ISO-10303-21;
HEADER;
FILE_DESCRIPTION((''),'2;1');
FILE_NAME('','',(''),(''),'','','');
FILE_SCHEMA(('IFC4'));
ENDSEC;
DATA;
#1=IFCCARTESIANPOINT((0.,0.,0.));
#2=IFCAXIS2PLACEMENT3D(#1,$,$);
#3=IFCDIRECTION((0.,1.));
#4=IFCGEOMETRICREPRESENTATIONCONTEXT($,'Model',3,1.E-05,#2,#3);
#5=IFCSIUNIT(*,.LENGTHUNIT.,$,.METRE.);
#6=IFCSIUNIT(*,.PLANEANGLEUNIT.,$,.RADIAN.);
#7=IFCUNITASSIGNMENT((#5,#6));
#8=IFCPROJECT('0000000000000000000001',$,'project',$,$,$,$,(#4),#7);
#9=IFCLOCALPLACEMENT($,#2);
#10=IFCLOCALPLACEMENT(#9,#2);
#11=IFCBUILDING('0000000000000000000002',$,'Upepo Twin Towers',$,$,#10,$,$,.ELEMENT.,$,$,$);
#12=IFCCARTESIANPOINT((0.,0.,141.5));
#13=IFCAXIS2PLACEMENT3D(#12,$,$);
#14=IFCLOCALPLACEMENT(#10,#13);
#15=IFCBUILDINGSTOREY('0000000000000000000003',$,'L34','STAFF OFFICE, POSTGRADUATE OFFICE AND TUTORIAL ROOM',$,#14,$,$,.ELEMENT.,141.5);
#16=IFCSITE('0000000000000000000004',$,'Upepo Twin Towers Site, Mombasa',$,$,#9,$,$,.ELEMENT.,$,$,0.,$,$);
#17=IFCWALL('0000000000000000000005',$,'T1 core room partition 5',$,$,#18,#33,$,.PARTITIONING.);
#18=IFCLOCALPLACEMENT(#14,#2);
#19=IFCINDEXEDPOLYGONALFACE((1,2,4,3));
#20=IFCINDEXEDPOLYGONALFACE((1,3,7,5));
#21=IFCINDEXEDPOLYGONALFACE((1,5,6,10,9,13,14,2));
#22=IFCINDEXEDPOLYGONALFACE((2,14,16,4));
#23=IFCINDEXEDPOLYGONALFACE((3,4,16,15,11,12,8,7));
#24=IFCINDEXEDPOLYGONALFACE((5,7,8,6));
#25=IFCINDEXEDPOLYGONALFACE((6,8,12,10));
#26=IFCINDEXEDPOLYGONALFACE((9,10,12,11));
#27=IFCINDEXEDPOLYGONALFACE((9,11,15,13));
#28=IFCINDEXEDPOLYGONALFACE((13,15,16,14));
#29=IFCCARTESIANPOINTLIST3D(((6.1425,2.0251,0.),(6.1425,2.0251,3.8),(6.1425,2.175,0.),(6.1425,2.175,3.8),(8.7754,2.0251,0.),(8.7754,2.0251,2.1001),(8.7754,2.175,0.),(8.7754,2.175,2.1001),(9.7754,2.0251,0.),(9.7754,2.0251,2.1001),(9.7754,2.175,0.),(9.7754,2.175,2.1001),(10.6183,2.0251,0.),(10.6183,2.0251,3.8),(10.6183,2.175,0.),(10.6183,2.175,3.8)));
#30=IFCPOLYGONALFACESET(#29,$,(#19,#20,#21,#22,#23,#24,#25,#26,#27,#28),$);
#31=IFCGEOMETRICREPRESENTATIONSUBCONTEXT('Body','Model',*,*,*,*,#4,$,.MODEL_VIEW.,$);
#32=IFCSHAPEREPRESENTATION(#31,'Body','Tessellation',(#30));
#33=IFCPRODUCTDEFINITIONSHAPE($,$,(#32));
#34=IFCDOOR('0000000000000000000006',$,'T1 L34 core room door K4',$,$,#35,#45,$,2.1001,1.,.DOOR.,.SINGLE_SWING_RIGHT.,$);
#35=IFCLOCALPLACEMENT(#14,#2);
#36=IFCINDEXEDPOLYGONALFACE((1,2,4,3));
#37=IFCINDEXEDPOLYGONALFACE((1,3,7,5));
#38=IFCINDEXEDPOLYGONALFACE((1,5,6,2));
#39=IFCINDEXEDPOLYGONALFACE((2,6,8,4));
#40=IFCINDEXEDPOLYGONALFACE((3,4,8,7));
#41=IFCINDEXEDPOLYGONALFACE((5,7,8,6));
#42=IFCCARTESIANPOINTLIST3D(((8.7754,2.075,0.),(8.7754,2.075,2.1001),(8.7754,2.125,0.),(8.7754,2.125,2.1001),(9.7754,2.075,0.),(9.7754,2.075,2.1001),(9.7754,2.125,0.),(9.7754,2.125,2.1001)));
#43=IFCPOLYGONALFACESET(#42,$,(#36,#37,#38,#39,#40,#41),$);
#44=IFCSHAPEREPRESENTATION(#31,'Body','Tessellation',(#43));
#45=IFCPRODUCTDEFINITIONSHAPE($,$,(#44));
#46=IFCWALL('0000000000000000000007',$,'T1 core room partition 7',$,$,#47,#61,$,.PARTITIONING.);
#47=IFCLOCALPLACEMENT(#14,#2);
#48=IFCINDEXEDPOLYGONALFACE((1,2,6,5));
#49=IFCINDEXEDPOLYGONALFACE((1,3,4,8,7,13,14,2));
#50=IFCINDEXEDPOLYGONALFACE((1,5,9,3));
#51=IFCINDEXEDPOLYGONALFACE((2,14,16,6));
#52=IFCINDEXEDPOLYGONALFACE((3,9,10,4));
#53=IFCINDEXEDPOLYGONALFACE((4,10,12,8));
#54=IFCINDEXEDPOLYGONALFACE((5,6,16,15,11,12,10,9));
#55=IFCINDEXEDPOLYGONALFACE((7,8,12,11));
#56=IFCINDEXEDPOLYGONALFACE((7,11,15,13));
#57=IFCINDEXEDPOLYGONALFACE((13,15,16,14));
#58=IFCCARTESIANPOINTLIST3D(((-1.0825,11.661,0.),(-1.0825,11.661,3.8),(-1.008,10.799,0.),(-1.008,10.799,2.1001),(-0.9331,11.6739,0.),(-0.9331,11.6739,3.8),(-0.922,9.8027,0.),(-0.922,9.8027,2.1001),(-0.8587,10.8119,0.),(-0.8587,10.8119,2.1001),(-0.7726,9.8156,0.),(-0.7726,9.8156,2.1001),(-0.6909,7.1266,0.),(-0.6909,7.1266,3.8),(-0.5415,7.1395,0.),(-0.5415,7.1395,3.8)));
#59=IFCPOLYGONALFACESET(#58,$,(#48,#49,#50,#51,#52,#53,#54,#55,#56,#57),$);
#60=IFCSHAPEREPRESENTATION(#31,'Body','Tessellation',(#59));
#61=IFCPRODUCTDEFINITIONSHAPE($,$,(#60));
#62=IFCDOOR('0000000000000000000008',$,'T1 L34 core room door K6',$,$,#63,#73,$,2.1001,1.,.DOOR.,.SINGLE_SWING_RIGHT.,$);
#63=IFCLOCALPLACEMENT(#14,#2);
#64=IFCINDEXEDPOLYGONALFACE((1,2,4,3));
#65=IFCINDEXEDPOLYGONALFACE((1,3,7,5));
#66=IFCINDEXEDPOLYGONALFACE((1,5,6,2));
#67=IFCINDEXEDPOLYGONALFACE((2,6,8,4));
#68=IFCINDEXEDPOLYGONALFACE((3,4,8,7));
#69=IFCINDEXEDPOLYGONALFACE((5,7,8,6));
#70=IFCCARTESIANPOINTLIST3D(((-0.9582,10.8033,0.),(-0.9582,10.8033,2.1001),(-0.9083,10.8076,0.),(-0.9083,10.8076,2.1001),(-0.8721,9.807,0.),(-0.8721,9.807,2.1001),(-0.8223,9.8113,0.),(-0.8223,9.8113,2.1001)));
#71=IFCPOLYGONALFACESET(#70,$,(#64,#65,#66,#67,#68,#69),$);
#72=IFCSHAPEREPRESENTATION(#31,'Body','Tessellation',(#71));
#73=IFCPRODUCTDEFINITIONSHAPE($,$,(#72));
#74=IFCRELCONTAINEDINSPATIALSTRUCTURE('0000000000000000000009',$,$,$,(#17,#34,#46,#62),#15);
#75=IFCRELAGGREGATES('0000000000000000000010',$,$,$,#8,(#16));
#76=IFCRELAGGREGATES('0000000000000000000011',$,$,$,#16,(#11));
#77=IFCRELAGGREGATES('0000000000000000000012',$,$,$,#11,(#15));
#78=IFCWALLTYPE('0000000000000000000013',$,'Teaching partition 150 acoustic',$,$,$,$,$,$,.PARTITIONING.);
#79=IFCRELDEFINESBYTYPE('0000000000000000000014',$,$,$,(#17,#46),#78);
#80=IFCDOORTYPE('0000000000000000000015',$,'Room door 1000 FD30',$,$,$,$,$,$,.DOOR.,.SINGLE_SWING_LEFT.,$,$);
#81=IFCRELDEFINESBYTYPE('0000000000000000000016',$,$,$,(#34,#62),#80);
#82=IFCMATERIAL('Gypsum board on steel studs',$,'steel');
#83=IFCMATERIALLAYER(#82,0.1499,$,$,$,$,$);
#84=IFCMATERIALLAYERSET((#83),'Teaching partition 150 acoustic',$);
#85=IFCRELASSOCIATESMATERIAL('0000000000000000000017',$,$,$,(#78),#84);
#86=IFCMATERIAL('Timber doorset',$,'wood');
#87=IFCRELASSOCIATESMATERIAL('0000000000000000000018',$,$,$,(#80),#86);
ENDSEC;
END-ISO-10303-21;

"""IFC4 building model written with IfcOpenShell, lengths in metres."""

from ifc_helpers import new_model, si_unit, direction, frame, frame_2d, origin, place, context, subcontext, project, spatial, rectangle, extrude, material, layer, layer_set, type_object, element, fill, save


model = new_model("IFC4")

# Units and contexts
model_context = context("Model", 3, precision=1e-05, world=origin(), true_north=direction((0.0, 1.0)))
body_context = subcontext(model_context, "Body", "Model", "MODEL_VIEW")
ifc_project = project(units=[si_unit("LENGTHUNIT", "METRE"), si_unit("PLANEANGLEUNIT", "RADIAN")], contexts=[model_context])

# Site, building, storey
site_placement = place(None, origin())
site = spatial("IfcSite", under=ifc_project, at=site_placement, Name="Upepo Twin Towers Site, Mombasa", CompositionType="ELEMENT", RefElevation=0.0)
building_placement = place(site_placement, origin())
building = spatial("IfcBuilding", under=site, at=building_placement, Name="Upepo Twin Towers", CompositionType="ELEMENT")
storey_placement = place(building_placement, frame((0.0, 0.0, 141.5)))
storey = spatial("IfcBuildingStorey", under=building, at=storey_placement, Name="L34", Description="STAFF OFFICE, POSTGRADUATE OFFICE AND TUTORIAL ROOM", CompositionType="ELEMENT", Elevation=141.5)

# Walls, openings, doors
ifc_material_1 = material(Name="Gypsum board on steel studs", Category="steel")
ifc_layer_1 = layer(ifc_material_1, 0.1499)
ifc_layer_set_1 = layer_set([ifc_layer_1], Name="Teaching partition 150 acoustic")
wall_type_1 = type_object("IfcWallType", Name="Teaching partition 150 acoustic", PredefinedType="PARTITIONING", material=ifc_layer_set_1)
ifc_material_2 = material(Name="Timber doorset", Category="wood")
door_type_1 = type_object("IfcDoorType", Name="Room door 1000 FD30", OperationType="SINGLE_SWING_LEFT", PredefinedType="DOOR", material=ifc_material_2)
wall_1_placement = place(storey_placement, frame((6.1426, 2.1001, 0.0), z_axis=(0.0, 0.0, 1.0), x_axis=(1.0, 0.0, 0.0)))
wall_1 = element("IfcWall", 1, at=wall_1_placement, inside=storey, type_object=wall_type_1, Name="T1 core room partition 5", PredefinedType="PARTITIONING", context=body_context, shape_type="SweptSolid", body=[
    extrude(rectangle(XDim=4.4758, YDim=0.1499, at=frame_2d((2.2378, 0.0))), origin(), (0.0, 0.0, 1.0), 3.8),
])
opening_1_placement = place(wall_1_placement, frame((2.6328, 0.0, 0.0)))
opening_1 = element("IfcOpeningElement", 2, at=opening_1_placement, cuts=wall_1, PredefinedType="OPENING", context=body_context, shape_type="SweptSolid", body=[
    extrude(rectangle(XDim=1.0, YDim=2.1001, at=frame_2d((0.5, 1.05))), frame((0.0, 0.085, 0.0), z_axis=(0.0, -1.0, 0.0), x_axis=(1.0, 0.0, 0.0)), (0.0, 0.0, 1.0), 0.1699),
])
door_1_placement = place(opening_1_placement, origin())
door_1 = element("IfcDoor", 3, at=door_1_placement, inside=storey, type_object=door_type_1, Name="T1 L34 core room door K4", OperationType="SINGLE_SWING_RIGHT", OverallHeight=2.1001, OverallWidth=1.0, PredefinedType="DOOR", context=body_context, shape_type="SweptSolid", body=[
    extrude(rectangle(XDim=1.0, YDim=2.1001, at=frame_2d((0.5, 1.05))), frame((0.0, 0.0249, 0.0), z_axis=(0.0, -1.0, 0.0), x_axis=(1.0, 0.0, 0.0)), (0.0, 0.0, 1.0), 0.05),
])
fill(opening_1, door_1)
wall_2_placement = place(storey_placement, frame((-0.6162, 7.1331, 0.0), z_axis=(0.0, 0.0, 1.0), x_axis=(-0.086042, 0.996292, 0.0)))
wall_2 = element("IfcWall", 4, at=wall_2_placement, inside=storey, type_object=wall_type_1, Name="T1 core room partition 7", PredefinedType="PARTITIONING", context=body_context, shape_type="SweptSolid", body=[
    extrude(rectangle(XDim=4.5513, YDim=0.1499, at=frame_2d((2.2756, 0.0))), origin(), (0.0, 0.0, 1.0), 3.8),
])
opening_2_placement = place(wall_2_placement, frame((2.686, 0.0, 0.0)))
opening_2 = element("IfcOpeningElement", 5, at=opening_2_placement, cuts=wall_2, PredefinedType="OPENING", context=body_context, shape_type="SweptSolid", body=[
    extrude(rectangle(XDim=1.0, YDim=2.1001, at=frame_2d((0.5, 1.05))), frame((0.0, 0.085, 0.0), z_axis=(0.0, -1.0, 0.0), x_axis=(1.0, 0.0, 0.0)), (0.0, 0.0, 1.0), 0.1699),
])
door_2_placement = place(opening_2_placement, origin())
door_2 = element("IfcDoor", 6, at=door_2_placement, inside=storey, type_object=door_type_1, Name="T1 L34 core room door K6", OperationType="SINGLE_SWING_RIGHT", OverallHeight=2.1001, OverallWidth=1.0, PredefinedType="DOOR", context=body_context, shape_type="SweptSolid", body=[
    extrude(rectangle(XDim=1.0, YDim=2.1001, at=frame_2d((0.5, 1.05))), frame((0.0, 0.0249, 0.0), z_axis=(0.0, -1.0, 0.0), x_axis=(1.0, 0.0, 0.0)), (0.0, 0.0, 1.0), 0.05),
])
fill(opening_2, door_2)

save(model, "model.ifc")
